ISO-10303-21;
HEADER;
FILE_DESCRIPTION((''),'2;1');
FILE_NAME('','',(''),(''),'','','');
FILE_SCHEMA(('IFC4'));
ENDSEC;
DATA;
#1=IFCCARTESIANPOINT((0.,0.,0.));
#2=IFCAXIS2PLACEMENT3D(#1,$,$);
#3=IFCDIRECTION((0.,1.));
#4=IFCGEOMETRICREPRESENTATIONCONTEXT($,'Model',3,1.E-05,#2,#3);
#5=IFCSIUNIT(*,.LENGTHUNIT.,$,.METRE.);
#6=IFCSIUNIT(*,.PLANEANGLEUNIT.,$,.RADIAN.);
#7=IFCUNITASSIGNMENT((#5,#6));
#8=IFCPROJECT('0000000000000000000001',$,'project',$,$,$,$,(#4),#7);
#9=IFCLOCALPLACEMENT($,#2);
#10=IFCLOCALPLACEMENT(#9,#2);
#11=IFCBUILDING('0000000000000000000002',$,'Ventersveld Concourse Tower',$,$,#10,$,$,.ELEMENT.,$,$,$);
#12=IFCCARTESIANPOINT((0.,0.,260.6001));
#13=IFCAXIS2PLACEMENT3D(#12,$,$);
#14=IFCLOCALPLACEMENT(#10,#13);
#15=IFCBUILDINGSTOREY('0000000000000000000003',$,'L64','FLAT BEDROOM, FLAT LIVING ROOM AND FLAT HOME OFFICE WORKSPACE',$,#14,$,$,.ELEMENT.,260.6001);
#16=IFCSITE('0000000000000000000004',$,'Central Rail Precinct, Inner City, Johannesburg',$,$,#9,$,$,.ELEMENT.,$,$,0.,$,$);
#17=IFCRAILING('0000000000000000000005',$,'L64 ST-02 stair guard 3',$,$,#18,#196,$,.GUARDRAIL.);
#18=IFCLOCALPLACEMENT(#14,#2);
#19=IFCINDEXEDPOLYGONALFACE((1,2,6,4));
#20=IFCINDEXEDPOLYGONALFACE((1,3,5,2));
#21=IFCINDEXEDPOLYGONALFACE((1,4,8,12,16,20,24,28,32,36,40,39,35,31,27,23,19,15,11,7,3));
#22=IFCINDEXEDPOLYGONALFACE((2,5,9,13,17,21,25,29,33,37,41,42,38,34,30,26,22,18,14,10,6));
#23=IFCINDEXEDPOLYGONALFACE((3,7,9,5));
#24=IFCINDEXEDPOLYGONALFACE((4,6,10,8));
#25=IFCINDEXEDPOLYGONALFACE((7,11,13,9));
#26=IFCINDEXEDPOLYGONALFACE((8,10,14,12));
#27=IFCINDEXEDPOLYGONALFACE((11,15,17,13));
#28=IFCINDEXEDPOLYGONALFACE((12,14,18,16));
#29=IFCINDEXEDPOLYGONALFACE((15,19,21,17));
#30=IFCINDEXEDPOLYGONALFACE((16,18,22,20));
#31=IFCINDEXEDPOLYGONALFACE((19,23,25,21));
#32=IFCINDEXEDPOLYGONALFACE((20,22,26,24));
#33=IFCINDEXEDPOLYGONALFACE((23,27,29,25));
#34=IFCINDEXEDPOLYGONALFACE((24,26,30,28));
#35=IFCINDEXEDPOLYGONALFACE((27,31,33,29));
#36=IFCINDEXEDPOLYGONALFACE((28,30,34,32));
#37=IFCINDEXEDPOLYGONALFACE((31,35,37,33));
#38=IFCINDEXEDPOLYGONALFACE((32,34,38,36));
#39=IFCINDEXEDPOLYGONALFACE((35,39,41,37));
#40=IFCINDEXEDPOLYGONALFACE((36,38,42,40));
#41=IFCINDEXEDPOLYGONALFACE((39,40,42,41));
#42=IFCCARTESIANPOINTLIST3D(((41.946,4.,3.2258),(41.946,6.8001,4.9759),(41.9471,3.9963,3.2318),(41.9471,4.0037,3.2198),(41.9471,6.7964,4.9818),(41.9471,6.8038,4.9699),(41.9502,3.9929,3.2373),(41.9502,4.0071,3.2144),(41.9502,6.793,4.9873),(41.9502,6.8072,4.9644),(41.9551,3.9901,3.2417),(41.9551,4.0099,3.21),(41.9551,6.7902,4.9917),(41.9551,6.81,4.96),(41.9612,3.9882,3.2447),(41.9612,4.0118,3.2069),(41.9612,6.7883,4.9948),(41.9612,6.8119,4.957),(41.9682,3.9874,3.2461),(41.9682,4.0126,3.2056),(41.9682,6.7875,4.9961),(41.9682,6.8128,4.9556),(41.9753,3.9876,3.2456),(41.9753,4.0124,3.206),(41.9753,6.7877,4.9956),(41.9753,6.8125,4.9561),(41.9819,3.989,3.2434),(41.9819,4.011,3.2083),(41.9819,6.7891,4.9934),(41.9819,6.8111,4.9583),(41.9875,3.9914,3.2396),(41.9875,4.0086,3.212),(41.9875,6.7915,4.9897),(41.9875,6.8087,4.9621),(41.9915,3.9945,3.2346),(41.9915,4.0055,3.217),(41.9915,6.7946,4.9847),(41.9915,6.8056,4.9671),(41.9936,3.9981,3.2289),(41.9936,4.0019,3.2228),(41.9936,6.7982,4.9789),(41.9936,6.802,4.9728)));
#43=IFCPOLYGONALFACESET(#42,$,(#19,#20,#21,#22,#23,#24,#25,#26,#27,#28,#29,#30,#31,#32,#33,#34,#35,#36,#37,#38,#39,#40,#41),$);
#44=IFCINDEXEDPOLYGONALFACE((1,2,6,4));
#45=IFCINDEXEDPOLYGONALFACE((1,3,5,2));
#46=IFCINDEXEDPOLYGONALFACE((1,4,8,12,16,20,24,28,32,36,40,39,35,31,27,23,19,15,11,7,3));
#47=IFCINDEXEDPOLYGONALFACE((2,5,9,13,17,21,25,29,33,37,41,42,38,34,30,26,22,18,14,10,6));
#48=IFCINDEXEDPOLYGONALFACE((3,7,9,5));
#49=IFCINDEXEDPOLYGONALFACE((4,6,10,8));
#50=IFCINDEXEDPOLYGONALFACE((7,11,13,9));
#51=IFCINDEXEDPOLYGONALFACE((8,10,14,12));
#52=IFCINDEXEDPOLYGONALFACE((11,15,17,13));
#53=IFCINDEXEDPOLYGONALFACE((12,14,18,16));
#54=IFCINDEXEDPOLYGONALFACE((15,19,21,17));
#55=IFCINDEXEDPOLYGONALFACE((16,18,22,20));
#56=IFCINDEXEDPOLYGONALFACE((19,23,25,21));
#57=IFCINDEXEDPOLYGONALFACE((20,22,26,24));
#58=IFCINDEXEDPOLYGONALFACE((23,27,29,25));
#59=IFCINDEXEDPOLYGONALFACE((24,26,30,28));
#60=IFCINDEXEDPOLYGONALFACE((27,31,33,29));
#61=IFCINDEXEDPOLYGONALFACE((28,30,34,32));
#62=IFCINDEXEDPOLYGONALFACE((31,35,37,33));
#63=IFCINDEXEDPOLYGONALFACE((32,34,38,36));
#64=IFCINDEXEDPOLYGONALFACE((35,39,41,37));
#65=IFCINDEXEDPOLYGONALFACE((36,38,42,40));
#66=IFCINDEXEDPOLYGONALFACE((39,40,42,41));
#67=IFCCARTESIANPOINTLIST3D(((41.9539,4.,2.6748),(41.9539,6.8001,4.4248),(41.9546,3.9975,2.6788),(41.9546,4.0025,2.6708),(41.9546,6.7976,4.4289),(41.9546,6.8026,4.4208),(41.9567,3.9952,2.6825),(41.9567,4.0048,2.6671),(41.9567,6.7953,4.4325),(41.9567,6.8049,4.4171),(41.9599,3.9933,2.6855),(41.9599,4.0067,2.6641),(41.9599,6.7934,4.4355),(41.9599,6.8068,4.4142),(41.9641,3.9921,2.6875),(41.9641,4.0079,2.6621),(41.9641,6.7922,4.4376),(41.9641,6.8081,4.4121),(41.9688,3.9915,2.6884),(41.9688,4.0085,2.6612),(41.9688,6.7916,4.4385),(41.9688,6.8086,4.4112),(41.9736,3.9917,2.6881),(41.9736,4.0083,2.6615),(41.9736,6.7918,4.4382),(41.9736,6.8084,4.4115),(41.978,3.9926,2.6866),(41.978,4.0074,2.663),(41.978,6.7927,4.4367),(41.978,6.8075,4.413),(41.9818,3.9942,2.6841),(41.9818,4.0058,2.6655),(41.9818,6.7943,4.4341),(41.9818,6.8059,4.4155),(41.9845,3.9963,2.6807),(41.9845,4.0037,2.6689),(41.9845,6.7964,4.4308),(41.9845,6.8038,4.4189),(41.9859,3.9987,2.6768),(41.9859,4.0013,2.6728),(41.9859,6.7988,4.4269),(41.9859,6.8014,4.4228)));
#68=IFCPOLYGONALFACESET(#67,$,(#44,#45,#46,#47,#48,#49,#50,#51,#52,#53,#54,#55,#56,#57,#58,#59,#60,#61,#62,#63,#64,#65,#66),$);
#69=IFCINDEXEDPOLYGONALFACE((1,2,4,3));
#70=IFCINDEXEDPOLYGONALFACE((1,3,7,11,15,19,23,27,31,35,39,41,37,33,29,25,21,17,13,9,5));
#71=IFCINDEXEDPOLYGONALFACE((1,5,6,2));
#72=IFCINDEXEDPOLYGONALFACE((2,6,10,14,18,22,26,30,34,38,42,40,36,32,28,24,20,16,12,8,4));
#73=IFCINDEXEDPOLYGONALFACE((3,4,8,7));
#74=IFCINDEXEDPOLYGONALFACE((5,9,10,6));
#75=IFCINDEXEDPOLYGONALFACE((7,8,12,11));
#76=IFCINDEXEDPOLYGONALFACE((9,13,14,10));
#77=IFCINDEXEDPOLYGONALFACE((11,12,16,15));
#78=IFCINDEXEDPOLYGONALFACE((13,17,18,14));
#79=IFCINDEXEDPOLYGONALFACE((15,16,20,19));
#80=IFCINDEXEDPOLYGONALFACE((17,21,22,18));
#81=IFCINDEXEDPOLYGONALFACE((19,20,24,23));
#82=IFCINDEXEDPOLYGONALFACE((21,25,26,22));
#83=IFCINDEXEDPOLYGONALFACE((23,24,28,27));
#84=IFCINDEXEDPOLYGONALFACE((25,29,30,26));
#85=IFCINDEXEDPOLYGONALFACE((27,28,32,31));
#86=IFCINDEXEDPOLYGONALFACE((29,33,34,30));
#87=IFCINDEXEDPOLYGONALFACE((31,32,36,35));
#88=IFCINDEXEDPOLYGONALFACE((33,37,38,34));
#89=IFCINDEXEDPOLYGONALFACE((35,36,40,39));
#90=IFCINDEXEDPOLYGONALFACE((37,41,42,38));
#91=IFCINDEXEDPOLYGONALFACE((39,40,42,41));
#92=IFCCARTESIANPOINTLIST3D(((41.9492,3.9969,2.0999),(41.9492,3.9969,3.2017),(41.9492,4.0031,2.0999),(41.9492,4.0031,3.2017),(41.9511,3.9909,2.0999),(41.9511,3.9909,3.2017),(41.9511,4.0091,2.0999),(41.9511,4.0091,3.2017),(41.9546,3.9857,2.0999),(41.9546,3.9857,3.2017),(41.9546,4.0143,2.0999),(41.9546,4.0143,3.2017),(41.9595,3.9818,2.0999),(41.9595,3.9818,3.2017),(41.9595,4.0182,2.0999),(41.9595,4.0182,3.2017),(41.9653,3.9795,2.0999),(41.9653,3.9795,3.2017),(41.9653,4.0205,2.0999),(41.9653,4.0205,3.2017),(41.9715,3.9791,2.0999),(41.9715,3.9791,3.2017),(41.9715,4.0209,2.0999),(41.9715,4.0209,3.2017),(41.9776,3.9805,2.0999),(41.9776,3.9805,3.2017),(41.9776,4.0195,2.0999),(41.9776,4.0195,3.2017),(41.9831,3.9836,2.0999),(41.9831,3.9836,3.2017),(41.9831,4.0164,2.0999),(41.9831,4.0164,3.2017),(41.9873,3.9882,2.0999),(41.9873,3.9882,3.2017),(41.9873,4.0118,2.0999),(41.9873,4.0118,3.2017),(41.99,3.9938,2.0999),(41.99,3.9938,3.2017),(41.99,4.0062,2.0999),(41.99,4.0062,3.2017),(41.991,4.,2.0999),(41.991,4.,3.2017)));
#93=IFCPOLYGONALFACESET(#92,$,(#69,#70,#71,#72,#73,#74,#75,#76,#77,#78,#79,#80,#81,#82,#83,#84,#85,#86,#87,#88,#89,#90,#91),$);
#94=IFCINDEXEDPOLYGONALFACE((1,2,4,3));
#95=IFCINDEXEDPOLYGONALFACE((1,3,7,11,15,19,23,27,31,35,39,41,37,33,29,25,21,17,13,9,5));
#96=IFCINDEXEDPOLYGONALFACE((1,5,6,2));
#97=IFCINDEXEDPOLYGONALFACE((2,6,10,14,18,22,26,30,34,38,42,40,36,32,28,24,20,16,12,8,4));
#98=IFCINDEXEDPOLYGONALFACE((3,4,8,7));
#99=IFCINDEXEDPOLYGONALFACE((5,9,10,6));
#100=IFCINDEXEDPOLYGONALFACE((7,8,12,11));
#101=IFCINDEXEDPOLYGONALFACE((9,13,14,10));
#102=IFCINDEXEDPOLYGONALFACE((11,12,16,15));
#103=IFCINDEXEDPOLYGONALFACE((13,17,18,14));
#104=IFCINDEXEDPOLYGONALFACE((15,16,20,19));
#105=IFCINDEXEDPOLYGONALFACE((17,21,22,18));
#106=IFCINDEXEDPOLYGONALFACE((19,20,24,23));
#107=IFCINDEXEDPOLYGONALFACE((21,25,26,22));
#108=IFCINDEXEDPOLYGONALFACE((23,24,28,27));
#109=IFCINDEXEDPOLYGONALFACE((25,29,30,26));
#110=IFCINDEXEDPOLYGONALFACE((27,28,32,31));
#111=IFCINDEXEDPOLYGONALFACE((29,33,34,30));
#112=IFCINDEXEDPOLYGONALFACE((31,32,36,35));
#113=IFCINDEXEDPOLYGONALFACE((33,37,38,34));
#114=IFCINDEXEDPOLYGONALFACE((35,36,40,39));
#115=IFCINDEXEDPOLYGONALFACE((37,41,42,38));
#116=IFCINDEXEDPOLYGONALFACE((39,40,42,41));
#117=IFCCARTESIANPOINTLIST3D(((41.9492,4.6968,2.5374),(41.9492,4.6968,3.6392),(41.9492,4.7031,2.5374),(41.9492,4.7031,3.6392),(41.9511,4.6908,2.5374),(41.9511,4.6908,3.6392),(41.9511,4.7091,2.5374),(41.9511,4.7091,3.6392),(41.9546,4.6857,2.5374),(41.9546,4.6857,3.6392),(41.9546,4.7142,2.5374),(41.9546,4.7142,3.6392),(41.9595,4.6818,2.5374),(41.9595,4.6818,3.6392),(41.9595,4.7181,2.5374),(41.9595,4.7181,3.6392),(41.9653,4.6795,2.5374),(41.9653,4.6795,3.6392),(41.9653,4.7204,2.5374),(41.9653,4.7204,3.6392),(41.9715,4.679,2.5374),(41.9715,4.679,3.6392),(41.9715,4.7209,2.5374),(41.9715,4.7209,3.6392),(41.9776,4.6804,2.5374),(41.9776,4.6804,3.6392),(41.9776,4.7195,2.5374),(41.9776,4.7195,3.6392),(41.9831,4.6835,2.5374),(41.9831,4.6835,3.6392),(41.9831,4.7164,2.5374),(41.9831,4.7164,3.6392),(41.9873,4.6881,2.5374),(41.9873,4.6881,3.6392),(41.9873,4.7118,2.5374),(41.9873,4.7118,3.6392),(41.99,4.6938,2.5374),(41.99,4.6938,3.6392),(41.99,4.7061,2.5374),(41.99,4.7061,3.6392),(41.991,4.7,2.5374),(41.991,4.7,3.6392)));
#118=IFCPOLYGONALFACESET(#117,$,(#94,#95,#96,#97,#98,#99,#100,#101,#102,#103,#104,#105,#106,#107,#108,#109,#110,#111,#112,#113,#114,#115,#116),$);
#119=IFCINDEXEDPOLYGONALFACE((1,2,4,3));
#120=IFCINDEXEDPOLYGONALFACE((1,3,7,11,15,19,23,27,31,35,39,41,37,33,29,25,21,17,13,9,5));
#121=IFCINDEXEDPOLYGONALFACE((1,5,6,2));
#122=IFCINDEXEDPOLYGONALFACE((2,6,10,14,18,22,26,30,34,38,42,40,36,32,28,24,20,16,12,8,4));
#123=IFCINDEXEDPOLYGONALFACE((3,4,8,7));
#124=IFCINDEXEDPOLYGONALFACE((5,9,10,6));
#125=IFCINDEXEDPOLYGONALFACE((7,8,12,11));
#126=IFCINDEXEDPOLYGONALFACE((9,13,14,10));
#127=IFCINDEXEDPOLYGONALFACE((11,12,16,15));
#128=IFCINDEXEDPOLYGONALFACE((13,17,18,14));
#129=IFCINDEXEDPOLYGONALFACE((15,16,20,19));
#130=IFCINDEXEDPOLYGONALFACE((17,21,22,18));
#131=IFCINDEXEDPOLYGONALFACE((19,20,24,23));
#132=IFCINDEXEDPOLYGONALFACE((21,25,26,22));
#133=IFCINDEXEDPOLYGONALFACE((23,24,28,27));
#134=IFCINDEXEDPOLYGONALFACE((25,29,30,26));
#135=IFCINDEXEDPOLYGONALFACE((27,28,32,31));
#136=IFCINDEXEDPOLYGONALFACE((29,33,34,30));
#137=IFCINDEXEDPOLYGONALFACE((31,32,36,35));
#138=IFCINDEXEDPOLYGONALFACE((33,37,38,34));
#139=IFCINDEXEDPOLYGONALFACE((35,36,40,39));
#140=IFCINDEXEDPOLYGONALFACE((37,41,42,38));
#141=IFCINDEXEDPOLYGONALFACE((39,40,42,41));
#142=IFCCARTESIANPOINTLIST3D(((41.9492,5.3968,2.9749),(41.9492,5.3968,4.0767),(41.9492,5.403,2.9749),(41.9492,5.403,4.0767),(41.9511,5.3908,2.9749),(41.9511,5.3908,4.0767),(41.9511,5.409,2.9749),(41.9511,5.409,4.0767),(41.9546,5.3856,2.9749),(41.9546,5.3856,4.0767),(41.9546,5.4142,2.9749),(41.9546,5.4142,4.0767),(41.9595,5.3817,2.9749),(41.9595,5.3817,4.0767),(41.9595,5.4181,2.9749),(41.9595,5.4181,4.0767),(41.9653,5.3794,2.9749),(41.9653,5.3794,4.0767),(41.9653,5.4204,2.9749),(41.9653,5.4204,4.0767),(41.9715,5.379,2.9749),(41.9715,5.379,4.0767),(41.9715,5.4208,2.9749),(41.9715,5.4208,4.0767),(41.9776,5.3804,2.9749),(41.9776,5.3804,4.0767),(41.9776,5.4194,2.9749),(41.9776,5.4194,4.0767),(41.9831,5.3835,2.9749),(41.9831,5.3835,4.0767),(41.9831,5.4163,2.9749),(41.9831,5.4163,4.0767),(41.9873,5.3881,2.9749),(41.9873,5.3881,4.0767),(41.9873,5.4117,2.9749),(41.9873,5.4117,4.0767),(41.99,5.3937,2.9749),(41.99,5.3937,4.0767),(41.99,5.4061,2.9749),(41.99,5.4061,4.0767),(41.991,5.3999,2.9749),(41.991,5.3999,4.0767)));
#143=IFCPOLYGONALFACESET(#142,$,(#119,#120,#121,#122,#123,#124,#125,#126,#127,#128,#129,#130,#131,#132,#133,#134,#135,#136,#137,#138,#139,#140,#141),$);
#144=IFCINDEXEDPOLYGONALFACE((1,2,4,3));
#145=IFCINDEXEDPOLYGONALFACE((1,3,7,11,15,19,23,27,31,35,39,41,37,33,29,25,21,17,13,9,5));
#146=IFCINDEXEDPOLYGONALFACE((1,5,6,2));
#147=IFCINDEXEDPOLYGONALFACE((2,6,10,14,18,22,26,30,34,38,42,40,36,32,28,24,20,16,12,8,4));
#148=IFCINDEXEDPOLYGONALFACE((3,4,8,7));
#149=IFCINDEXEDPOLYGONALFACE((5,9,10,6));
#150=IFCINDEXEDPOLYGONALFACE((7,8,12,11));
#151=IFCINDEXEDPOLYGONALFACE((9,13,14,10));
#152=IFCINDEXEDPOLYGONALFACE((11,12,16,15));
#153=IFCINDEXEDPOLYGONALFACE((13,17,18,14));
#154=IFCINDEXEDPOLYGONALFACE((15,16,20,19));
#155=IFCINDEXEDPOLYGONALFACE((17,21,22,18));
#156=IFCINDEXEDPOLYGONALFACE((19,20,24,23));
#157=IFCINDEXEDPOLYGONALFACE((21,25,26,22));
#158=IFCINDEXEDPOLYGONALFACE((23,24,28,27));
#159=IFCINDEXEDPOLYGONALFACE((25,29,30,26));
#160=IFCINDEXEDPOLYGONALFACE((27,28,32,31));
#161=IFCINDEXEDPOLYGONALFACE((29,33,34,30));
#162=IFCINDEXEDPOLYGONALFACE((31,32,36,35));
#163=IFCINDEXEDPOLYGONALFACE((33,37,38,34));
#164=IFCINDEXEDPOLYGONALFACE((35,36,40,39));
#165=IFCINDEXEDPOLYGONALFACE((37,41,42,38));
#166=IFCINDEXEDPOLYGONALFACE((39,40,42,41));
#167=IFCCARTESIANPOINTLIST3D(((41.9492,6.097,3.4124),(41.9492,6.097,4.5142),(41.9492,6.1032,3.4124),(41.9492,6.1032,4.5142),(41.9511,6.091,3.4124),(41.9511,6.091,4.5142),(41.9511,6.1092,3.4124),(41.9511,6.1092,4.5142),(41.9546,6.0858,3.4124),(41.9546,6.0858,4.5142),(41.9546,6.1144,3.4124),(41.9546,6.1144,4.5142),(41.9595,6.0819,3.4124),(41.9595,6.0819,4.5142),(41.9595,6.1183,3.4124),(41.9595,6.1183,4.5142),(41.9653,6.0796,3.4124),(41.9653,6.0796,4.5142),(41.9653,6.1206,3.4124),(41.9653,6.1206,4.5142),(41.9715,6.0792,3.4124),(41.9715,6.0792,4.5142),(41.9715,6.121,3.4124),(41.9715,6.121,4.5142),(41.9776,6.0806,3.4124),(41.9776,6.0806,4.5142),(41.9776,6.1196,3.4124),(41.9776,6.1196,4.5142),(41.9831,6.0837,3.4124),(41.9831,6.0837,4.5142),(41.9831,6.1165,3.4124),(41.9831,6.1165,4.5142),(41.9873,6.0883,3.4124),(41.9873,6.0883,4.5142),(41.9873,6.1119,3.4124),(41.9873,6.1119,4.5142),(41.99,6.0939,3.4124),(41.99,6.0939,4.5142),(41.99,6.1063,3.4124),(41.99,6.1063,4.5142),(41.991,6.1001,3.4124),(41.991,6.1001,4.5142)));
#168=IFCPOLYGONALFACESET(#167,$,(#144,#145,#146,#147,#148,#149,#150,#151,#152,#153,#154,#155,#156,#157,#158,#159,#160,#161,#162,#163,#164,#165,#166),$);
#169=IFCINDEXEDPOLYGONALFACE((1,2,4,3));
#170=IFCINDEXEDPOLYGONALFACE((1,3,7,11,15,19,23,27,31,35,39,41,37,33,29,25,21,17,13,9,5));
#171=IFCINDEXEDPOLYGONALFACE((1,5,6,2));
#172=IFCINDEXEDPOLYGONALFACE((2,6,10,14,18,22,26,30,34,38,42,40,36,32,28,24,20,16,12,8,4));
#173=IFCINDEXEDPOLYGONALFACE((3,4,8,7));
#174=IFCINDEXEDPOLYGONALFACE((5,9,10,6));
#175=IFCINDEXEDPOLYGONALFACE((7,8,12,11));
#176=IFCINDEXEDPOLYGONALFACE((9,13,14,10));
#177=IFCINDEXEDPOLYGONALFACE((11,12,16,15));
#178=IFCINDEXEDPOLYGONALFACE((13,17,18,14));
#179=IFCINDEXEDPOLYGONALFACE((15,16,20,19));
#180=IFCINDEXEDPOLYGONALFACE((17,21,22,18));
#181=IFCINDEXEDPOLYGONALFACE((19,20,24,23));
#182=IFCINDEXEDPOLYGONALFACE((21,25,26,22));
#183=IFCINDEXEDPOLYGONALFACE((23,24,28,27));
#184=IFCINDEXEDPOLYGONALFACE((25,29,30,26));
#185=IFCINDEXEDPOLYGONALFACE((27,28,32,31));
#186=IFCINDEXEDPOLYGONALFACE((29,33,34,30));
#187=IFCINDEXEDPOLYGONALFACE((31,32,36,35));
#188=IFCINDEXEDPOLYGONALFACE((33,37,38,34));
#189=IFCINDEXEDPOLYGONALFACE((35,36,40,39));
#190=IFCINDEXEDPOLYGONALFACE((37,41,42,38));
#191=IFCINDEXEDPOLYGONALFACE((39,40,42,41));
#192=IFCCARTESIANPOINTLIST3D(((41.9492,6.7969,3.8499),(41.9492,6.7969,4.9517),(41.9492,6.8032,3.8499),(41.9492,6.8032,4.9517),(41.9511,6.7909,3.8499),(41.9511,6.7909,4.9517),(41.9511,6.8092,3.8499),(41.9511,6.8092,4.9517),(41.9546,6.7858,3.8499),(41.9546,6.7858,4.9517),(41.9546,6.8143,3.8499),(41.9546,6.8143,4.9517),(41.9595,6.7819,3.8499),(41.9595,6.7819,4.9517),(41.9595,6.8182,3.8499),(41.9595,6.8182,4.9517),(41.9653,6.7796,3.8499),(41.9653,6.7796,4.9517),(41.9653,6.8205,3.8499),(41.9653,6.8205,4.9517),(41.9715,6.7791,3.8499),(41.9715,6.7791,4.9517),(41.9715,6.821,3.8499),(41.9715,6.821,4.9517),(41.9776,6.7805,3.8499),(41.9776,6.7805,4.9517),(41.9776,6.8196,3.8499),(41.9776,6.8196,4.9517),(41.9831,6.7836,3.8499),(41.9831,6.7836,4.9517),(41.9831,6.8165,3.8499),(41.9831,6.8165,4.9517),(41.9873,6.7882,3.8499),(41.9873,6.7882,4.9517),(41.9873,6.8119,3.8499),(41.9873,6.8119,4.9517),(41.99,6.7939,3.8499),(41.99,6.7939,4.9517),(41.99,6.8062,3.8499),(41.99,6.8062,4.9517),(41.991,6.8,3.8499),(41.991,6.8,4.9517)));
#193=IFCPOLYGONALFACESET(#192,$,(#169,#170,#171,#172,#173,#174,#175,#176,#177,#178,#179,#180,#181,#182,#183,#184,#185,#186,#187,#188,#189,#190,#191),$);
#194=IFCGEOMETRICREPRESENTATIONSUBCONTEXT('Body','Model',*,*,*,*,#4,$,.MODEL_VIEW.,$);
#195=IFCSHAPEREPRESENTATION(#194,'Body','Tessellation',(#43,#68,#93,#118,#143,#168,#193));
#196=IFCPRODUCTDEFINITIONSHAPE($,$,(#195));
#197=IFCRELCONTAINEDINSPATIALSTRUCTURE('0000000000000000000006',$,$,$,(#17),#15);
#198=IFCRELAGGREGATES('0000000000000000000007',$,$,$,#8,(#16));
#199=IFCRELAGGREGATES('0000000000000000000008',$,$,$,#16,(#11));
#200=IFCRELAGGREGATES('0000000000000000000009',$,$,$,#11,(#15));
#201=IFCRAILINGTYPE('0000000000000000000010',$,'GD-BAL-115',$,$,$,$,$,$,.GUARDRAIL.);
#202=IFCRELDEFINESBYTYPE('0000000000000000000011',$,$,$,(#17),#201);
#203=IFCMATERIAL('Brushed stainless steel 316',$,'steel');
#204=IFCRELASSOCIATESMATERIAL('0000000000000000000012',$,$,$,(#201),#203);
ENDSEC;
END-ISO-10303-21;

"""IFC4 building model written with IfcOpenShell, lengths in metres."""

from ifc_helpers import new_model, si_unit, direction, frame, origin, origin_2d, place, context, subcontext, project, spatial, circle, extrude, material, type_object, element, save


model = new_model("IFC4")

# Units and contexts
model_context = context("Model", 3, precision=1e-05, world=origin(), true_north=direction((0.0, 1.0)))
body_context = subcontext(model_context, "Body", "Model", "MODEL_VIEW")
ifc_project = project(units=[si_unit("LENGTHUNIT", "METRE"), si_unit("PLANEANGLEUNIT", "RADIAN")], contexts=[model_context])

# Site, building, storey
site_placement = place(None, origin())
site = spatial("IfcSite", under=ifc_project, at=site_placement, Name="Central Rail Precinct, Inner City, Johannesburg", CompositionType="ELEMENT", RefElevation=0.0)
building_placement = place(site_placement, origin())
building = spatial("IfcBuilding", under=site, at=building_placement, Name="Ventersveld Concourse Tower", CompositionType="ELEMENT")
storey_placement = place(building_placement, frame((0.0, 0.0, 260.6001)))
storey = spatial("IfcBuildingStorey", under=building, at=storey_placement, Name="L64", Description="FLAT BEDROOM, FLAT LIVING ROOM AND FLAT HOME OFFICE WORKSPACE", CompositionType="ELEMENT", Elevation=260.6001)

# Shared definitions
ifc_material_1 = material(Name="Brushed stainless steel 316", Category="steel")

# Railing
railing_type_1 = type_object("IfcRailingType", Name="GD-BAL-115", PredefinedType="GUARDRAIL", material=ifc_material_1)
railing_1_placement = place(storey_placement, frame((41.97, 4.0, 2.0999)))
element("IfcRailing", 1, at=railing_1_placement, inside=storey, type_object=railing_type_1, Name="L64 ST-02 stair guard 3", PredefinedType="GUARDRAIL", context=body_context, shape_type="SweptSolid", body=[
    extrude(circle(Radius=0.0239, at=origin_2d()), frame((0.0, 0.0, 1.126), z_axis=(0.0, 0.848002, 0.529992), x_axis=(-1.0, 0.0, 0.0)), (0.0, 0.0, 1.0), 3.302),
    extrude(circle(Radius=0.0161, at=origin_2d()), frame((0.0, 0.0, 0.575), z_axis=(0.0, 0.848002, 0.529992), x_axis=(-1.0, 0.0, 0.0)), (0.0, 0.0, 1.0), 3.302),
    extrude(circle(Radius=0.021, at=origin_2d()), origin(), (0.0, 0.0, 1.0), 1.1018),
    extrude(circle(Radius=0.021, at=origin_2d()), frame((0.0, 0.7, 0.4375)), (0.0, 0.0, 1.0), 1.1018),
    extrude(circle(Radius=0.021, at=origin_2d()), frame((0.0, 1.3999, 0.875)), (0.0, 0.0, 1.0), 1.1018),
    extrude(circle(Radius=0.021, at=origin_2d()), frame((0.0, 2.1001, 1.3125)), (0.0, 0.0, 1.0), 1.1018),
    extrude(circle(Radius=0.021, at=origin_2d()), frame((0.0, 2.8, 1.75)), (0.0, 0.0, 1.0), 1.1018),
])

save(model, "model.ifc")
